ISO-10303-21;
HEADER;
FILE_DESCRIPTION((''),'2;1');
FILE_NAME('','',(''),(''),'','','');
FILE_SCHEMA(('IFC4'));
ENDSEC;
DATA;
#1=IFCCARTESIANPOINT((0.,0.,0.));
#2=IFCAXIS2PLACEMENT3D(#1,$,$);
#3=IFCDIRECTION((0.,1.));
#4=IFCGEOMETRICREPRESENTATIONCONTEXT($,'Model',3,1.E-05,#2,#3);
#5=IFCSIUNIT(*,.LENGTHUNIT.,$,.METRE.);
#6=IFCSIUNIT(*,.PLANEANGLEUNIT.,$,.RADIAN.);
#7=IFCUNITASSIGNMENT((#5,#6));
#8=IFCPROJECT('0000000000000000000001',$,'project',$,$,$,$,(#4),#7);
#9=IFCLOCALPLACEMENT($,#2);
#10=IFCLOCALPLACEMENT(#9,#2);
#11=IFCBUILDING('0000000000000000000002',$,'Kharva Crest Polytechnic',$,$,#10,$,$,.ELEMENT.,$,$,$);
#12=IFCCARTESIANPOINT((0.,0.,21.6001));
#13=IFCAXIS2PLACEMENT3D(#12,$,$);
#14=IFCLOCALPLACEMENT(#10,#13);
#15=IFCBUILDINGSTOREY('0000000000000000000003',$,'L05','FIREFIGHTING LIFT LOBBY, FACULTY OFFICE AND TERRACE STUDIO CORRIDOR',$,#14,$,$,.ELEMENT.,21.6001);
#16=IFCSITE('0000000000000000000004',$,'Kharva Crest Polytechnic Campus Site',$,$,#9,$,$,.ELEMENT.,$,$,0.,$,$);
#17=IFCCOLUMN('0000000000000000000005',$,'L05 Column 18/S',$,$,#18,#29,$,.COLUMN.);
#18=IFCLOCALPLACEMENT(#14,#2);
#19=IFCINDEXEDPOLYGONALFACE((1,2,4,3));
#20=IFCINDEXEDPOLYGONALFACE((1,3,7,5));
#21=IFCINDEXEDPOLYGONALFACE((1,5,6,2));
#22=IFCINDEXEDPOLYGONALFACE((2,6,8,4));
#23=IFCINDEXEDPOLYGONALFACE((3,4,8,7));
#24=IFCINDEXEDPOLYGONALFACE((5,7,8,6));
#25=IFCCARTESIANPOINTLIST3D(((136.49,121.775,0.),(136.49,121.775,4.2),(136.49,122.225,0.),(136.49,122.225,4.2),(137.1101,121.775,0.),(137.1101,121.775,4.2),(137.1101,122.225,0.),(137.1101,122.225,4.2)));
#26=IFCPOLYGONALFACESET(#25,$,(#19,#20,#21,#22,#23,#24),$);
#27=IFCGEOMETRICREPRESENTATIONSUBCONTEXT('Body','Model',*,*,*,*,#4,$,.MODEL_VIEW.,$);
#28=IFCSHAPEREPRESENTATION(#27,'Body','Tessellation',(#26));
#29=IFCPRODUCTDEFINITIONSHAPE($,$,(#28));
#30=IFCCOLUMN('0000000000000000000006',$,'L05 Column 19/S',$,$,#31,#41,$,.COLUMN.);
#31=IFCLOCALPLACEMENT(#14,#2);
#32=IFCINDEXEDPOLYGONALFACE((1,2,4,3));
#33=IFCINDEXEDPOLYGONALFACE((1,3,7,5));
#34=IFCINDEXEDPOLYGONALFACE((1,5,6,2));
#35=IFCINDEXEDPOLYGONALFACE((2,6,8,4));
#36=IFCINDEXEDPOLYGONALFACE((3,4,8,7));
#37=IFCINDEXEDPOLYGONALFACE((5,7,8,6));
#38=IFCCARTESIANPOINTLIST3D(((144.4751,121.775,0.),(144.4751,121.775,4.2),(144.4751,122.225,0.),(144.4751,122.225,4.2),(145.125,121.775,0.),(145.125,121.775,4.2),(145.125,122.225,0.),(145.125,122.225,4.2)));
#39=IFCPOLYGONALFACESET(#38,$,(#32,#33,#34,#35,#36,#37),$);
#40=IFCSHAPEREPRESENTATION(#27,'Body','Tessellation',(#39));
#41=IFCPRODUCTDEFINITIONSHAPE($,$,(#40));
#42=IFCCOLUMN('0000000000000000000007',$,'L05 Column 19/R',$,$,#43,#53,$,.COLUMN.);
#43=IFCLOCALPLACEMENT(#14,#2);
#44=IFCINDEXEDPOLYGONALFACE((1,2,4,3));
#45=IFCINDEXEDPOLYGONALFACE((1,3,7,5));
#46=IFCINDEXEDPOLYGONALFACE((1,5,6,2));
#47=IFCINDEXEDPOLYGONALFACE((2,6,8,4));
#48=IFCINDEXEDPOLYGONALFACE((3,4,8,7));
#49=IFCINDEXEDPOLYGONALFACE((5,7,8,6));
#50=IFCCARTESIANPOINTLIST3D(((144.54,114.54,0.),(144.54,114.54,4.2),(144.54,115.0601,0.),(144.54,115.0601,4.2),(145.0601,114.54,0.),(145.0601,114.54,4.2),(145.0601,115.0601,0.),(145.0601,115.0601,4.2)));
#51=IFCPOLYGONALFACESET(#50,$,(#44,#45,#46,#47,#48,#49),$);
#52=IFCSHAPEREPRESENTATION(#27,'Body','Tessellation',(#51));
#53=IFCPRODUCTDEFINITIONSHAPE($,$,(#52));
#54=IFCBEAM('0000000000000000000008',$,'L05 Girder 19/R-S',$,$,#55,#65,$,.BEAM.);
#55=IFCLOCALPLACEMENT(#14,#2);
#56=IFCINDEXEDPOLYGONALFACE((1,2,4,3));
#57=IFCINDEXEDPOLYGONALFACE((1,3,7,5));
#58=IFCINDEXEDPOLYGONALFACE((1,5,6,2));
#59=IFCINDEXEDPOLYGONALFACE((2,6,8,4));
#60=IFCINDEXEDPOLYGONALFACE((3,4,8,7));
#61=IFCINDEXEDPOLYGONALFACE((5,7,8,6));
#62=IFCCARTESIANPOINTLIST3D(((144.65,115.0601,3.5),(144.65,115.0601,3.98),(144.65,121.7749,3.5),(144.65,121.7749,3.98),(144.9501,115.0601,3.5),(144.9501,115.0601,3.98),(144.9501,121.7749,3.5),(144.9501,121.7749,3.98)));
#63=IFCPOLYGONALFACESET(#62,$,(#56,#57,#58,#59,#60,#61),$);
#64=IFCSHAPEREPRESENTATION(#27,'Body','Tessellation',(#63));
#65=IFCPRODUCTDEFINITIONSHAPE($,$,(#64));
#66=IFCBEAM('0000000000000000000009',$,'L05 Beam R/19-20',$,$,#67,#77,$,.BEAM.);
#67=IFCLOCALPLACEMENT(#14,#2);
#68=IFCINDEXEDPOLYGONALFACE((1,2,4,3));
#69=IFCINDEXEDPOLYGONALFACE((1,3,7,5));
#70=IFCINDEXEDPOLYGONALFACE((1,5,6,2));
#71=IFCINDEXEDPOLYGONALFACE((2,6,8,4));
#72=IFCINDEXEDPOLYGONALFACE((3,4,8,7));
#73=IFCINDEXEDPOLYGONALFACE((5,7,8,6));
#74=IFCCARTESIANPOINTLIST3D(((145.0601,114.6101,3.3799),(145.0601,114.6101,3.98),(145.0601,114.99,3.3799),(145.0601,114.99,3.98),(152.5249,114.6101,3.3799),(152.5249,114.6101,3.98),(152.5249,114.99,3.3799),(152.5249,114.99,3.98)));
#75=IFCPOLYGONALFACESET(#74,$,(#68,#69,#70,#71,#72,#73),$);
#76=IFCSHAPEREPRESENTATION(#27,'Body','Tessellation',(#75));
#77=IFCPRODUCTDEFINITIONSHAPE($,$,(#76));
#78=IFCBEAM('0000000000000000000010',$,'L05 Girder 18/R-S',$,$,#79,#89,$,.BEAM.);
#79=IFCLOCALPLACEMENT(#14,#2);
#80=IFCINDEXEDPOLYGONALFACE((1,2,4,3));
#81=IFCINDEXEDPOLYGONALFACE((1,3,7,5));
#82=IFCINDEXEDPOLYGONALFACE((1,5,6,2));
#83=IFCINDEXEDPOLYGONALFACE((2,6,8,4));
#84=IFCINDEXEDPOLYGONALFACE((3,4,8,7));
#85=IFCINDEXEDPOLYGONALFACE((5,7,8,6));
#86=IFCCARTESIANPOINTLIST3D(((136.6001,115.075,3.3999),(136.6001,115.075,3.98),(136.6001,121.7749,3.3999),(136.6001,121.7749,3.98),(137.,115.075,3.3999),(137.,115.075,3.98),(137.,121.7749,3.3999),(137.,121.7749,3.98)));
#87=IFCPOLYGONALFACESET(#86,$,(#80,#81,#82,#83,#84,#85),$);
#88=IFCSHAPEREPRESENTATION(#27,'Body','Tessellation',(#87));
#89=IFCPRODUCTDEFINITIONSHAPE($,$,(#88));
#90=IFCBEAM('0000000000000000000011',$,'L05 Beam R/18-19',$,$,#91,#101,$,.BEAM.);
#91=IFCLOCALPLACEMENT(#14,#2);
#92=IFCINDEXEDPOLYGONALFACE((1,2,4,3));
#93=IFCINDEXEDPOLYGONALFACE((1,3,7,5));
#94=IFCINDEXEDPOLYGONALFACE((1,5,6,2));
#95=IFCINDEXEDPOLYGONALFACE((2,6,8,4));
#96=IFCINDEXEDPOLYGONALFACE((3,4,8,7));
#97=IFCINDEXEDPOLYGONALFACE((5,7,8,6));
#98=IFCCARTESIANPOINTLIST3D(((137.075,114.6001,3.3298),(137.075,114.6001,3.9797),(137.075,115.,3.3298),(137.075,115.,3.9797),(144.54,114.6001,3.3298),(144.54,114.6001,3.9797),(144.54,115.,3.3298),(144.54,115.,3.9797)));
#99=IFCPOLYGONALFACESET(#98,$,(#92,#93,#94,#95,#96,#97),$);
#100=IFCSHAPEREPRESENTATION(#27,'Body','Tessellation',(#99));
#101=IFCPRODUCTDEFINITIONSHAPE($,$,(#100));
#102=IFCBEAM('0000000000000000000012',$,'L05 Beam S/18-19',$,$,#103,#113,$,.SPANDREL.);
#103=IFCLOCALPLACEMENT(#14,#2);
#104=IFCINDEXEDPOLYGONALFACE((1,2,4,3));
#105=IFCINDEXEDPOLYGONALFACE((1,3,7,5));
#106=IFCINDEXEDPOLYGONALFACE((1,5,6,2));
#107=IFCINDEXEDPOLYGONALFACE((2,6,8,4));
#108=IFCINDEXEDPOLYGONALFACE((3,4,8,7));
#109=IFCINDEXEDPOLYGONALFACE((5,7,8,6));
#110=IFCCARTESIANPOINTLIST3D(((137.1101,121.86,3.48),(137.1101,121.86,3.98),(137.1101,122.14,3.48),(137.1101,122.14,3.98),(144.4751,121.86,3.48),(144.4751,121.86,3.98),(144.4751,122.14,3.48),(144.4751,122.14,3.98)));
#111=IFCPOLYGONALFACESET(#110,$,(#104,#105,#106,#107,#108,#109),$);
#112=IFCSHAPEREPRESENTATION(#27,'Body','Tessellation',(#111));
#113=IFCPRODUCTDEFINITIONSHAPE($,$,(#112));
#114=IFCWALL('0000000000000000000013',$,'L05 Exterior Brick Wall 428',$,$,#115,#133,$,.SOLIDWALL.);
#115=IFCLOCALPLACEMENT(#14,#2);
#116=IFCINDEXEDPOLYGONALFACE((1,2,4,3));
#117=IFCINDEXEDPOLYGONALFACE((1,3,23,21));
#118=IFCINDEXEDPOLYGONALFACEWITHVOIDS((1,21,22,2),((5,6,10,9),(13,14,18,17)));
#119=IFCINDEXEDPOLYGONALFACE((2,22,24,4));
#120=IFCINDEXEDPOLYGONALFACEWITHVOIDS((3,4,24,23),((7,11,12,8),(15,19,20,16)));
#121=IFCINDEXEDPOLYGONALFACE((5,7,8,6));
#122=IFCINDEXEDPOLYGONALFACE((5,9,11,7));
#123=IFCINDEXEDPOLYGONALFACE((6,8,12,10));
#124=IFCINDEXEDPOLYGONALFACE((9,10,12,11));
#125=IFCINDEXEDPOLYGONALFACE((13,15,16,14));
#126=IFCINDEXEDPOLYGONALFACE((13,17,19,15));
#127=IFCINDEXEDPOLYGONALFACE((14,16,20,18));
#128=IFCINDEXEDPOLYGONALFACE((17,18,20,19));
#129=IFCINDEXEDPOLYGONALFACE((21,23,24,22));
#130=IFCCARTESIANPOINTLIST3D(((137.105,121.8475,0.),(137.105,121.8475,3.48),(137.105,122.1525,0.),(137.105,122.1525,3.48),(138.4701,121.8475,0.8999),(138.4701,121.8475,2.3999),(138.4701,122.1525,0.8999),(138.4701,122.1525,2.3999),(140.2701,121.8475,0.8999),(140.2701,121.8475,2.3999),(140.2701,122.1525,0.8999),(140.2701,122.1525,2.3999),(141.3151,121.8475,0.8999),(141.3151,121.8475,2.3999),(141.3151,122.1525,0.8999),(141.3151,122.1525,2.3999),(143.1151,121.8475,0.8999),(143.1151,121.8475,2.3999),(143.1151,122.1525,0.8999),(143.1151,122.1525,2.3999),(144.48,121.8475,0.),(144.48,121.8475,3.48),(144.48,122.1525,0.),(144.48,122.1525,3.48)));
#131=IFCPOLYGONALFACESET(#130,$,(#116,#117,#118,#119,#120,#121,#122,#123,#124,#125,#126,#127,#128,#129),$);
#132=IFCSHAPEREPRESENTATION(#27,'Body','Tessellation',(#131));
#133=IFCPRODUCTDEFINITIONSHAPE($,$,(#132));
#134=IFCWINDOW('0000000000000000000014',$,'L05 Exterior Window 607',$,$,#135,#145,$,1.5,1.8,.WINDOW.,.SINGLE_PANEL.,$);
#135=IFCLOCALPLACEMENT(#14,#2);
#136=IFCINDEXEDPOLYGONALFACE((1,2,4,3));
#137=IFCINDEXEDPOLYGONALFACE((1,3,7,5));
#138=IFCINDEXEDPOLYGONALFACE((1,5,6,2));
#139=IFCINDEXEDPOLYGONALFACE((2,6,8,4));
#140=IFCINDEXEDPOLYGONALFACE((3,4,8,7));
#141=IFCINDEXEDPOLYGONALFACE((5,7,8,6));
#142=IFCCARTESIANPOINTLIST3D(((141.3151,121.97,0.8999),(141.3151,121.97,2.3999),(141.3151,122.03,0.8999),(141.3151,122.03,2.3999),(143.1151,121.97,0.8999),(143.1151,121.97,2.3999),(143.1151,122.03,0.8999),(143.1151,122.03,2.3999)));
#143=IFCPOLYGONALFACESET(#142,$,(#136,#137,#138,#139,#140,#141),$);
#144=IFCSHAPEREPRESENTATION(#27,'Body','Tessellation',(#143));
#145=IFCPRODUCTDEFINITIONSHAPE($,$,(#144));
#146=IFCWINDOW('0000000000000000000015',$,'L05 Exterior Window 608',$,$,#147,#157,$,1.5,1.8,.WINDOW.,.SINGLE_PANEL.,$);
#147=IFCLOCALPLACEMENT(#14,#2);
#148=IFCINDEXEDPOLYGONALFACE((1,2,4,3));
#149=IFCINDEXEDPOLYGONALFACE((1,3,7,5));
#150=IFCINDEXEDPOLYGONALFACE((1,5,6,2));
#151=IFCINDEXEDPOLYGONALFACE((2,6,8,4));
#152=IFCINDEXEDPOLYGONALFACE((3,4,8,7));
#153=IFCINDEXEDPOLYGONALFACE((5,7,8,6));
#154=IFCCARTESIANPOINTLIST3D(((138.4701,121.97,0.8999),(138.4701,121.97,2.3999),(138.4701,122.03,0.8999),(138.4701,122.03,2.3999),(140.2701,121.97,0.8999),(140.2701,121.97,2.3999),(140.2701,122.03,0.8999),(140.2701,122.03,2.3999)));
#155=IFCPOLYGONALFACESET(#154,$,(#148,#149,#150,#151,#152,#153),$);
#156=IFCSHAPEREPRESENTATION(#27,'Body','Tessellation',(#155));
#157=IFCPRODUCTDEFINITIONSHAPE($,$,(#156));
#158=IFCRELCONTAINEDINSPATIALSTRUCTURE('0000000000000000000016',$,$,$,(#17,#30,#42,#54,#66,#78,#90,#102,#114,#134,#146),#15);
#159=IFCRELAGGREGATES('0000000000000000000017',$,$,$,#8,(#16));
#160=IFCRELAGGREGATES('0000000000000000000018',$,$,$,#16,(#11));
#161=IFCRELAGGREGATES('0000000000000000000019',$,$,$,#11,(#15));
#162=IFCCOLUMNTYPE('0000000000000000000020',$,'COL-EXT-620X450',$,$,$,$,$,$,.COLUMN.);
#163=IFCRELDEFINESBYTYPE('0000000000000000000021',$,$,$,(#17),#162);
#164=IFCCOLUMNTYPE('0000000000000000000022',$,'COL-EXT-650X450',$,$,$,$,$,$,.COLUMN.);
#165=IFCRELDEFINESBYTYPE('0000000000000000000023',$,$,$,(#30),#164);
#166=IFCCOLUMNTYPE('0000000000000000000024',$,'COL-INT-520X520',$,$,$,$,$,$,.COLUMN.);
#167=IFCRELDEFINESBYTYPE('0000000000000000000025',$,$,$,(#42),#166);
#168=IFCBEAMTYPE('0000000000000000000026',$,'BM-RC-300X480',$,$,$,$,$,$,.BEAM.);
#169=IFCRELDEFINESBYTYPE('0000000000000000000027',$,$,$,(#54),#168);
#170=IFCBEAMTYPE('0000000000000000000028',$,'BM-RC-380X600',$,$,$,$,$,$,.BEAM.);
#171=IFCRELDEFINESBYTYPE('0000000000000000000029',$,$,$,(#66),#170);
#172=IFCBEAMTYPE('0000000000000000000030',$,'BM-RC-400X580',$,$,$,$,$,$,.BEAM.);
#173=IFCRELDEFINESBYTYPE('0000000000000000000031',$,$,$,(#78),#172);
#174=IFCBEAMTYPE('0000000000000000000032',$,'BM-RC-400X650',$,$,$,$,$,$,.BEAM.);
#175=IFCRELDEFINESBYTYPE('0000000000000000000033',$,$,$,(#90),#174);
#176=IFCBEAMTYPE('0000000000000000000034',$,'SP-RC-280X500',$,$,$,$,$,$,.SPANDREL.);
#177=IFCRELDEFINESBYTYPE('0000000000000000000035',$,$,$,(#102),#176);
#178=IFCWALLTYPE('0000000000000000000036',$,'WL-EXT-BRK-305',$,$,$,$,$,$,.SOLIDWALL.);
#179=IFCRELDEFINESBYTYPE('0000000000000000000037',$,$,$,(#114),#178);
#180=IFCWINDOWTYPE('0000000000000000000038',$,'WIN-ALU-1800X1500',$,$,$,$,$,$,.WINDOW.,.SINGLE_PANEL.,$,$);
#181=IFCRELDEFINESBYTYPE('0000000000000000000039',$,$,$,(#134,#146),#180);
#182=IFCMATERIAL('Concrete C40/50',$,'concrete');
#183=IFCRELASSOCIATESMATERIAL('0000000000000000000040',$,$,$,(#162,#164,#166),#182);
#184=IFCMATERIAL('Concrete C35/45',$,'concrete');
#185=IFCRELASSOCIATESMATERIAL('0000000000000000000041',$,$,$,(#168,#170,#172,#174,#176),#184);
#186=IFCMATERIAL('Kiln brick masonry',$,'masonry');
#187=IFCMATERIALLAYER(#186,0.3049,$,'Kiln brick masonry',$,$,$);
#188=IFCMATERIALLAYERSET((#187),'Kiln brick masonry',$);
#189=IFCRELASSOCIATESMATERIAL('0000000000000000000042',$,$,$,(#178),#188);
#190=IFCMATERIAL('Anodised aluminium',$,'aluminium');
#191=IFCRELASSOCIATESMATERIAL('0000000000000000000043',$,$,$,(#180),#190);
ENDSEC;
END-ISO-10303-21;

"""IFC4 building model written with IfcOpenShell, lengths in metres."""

from ifc_helpers import new_model, si_unit, direction, frame, frame_2d, origin, origin_2d, place, context, subcontext, project, spatial, rectangle, extrude, material, layer, layer_set, material_profile, profile_set, type_object, element, fill, save


model = new_model("IFC4")

# Units and contexts
model_context = context("Model", 3, precision=1e-05, world=origin(), true_north=direction((0.0, 1.0)))
body_context = subcontext(model_context, "Body", "Model", "MODEL_VIEW")
ifc_project = project(units=[si_unit("LENGTHUNIT", "METRE"), si_unit("PLANEANGLEUNIT", "RADIAN")], contexts=[model_context])

# Site, building, storey
site_placement = place(None, origin())
site = spatial("IfcSite", under=ifc_project, at=site_placement, Name="Kharva Crest Polytechnic Campus Site", CompositionType="ELEMENT", RefElevation=0.0)
building_placement = place(site_placement, origin())
building = spatial("IfcBuilding", under=site, at=building_placement, Name="Kharva Crest Polytechnic", CompositionType="ELEMENT")
storey_placement = place(building_placement, frame((0.0, 0.0, 21.6001)))
storey = spatial("IfcBuildingStorey", under=building, at=storey_placement, Name="L05", Description="FIREFIGHTING LIFT LOBBY, FACULTY OFFICE AND TERRACE STUDIO CORRIDOR", CompositionType="ELEMENT", Elevation=21.6001)

# Columns
ifc_material_1 = material(Name="Concrete C40/50", Category="concrete")
ifc_material_profile_1 = material_profile(ifc_material_1, rectangle(XDim=0.6201, YDim=0.45, at=origin_2d()), Name="RECT 620 X 450")
ifc_profile_set_1 = profile_set([ifc_material_profile_1], Name="Concrete C40/50")
column_type_1 = type_object("IfcColumnType", Name="COL-EXT-620X450", PredefinedType="COLUMN", material=ifc_profile_set_1)
column_1_placement = place(storey_placement, frame((136.8, 122.0, 0.0), z_axis=(0.0, 0.0, 1.0), x_axis=(1.0, 0.0, 0.0)))
element("IfcColumn", 1, at=column_1_placement, inside=storey, type_object=column_type_1, Name="L05 Column 18/S", PredefinedType="COLUMN", context=body_context, shape_type="SweptSolid", body=[
    extrude(rectangle(XDim=0.6201, YDim=0.45, at=origin_2d()), origin(), (0.0, 0.0, 1.0), 4.2),
])
ifc_material_profile_2 = material_profile(ifc_material_1, rectangle(XDim=0.6499, YDim=0.45, at=origin_2d()), Name="RECT 650 X 450")
ifc_profile_set_2 = profile_set([ifc_material_profile_2], Name="Concrete C40/50")
column_type_2 = type_object("IfcColumnType", Name="COL-EXT-650X450", PredefinedType="COLUMN", material=ifc_profile_set_2)
column_2_placement = place(storey_placement, frame((144.8, 122.0, 0.0), z_axis=(0.0, 0.0, 1.0), x_axis=(1.0, 0.0, 0.0)))
element("IfcColumn", 2, at=column_2_placement, inside=storey, type_object=column_type_2, Name="L05 Column 19/S", PredefinedType="COLUMN", context=body_context, shape_type="SweptSolid", body=[
    extrude(rectangle(XDim=0.6499, YDim=0.45, at=origin_2d()), origin(), (0.0, 0.0, 1.0), 4.2),
])
ifc_material_profile_3 = material_profile(ifc_material_1, rectangle(XDim=0.52, YDim=0.52, at=origin_2d()), Name="RECT 520 X 520")
ifc_profile_set_3 = profile_set([ifc_material_profile_3], Name="Concrete C40/50")
column_type_3 = type_object("IfcColumnType", Name="COL-INT-520X520", PredefinedType="COLUMN", material=ifc_profile_set_3)
column_3_placement = place(storey_placement, frame((144.8, 114.8, 0.0), z_axis=(0.0, 0.0, 1.0), x_axis=(1.0, 0.0, 0.0)))
element("IfcColumn", 3, at=column_3_placement, inside=storey, type_object=column_type_3, Name="L05 Column 19/R", PredefinedType="COLUMN", context=body_context, shape_type="SweptSolid", body=[
    extrude(rectangle(XDim=0.52, YDim=0.52, at=origin_2d()), origin(), (0.0, 0.0, 1.0), 4.2),
])

# Beams
ifc_material_2 = material(Name="Concrete C35/45", Category="concrete")
ifc_material_profile_4 = material_profile(ifc_material_2, rectangle(XDim=0.3, YDim=0.48, at=origin_2d()), Name="RECT 300 X 480")
ifc_profile_set_4 = profile_set([ifc_material_profile_4], Name="Concrete C35/45")
beam_type_1 = type_object("IfcBeamType", Name="BM-RC-300X480", PredefinedType="BEAM", material=ifc_profile_set_4)
beam_1_placement = place(storey_placement, frame((144.8, 115.0601, 3.74), z_axis=(0.0, 1.0, 0.0), x_axis=(-1.0, 0.0, 0.0)))
element("IfcBeam", 4, at=beam_1_placement, inside=storey, type_object=beam_type_1, Name="L05 Girder 19/R-S", PredefinedType="BEAM", context=body_context, shape_type="SweptSolid", body=[
    extrude(rectangle(XDim=0.3, YDim=0.48, at=origin_2d()), origin(), (0.0, 0.0, 1.0), 6.7148),
])
ifc_material_profile_5 = material_profile(ifc_material_2, rectangle(XDim=0.3799, YDim=0.6001, at=origin_2d()), Name="RECT 380 X 600")
ifc_profile_set_5 = profile_set([ifc_material_profile_5], Name="Concrete C35/45")
beam_type_2 = type_object("IfcBeamType", Name="BM-RC-380X600", PredefinedType="BEAM", material=ifc_profile_set_5)
beam_2_placement = place(storey_placement, frame((145.0601, 114.8, 3.6799), z_axis=(1.0, 0.0, 0.0), x_axis=(0.0, 1.0, 0.0)))
element("IfcBeam", 5, at=beam_2_placement, inside=storey, type_object=beam_type_2, Name="L05 Beam R/19-20", PredefinedType="BEAM", context=body_context, shape_type="SweptSolid", body=[
    extrude(rectangle(XDim=0.3799, YDim=0.6001, at=origin_2d()), origin(), (0.0, 0.0, 1.0), 7.4648),
])
ifc_material_profile_6 = material_profile(ifc_material_2, rectangle(XDim=0.3999, YDim=0.5801, at=origin_2d()), Name="RECT 400 X 580")
ifc_profile_set_6 = profile_set([ifc_material_profile_6], Name="Concrete C35/45")
beam_type_3 = type_object("IfcBeamType", Name="BM-RC-400X580", PredefinedType="BEAM", material=ifc_profile_set_6)
beam_3_placement = place(storey_placement, frame((136.8, 115.075, 3.6899), z_axis=(0.0, 1.0, 0.0), x_axis=(-1.0, 0.0, 0.0)))
element("IfcBeam", 6, at=beam_3_placement, inside=storey, type_object=beam_type_3, Name="L05 Girder 18/R-S", PredefinedType="BEAM", context=body_context, shape_type="SweptSolid", body=[
    extrude(rectangle(XDim=0.3999, YDim=0.5801, at=origin_2d()), origin(), (0.0, 0.0, 1.0), 6.7),
])
ifc_material_profile_7 = material_profile(ifc_material_2, rectangle(XDim=0.3999, YDim=0.6499, at=origin_2d()), Name="RECT 400 X 650")
ifc_profile_set_7 = profile_set([ifc_material_profile_7], Name="Concrete C35/45")
beam_type_4 = type_object("IfcBeamType", Name="BM-RC-400X650", PredefinedType="BEAM", material=ifc_profile_set_7)
beam_4_placement = place(storey_placement, frame((137.075, 114.8, 3.6548), z_axis=(1.0, 0.0, 0.0), x_axis=(0.0, 1.0, 0.0)))
element("IfcBeam", 7, at=beam_4_placement, inside=storey, type_object=beam_type_4, Name="L05 Beam R/18-19", PredefinedType="BEAM", context=body_context, shape_type="SweptSolid", body=[
    extrude(rectangle(XDim=0.3999, YDim=0.6499, at=origin_2d()), origin(), (0.0, 0.0, 1.0), 7.4651),
])
ifc_material_profile_8 = material_profile(ifc_material_2, rectangle(XDim=0.28, YDim=0.5, at=origin_2d()), Name="RECT 280 X 500")
ifc_profile_set_8 = profile_set([ifc_material_profile_8], Name="Concrete C35/45")
beam_type_5 = type_object("IfcBeamType", Name="SP-RC-280X500", PredefinedType="SPANDREL", material=ifc_profile_set_8)
beam_5_placement = place(storey_placement, frame((137.1101, 122.0, 3.73), z_axis=(1.0, 0.0, 0.0), x_axis=(0.0, 1.0, 0.0)))
element("IfcBeam", 8, at=beam_5_placement, inside=storey, type_object=beam_type_5, Name="L05 Beam S/18-19", PredefinedType="SPANDREL", context=body_context, shape_type="SweptSolid", body=[
    extrude(rectangle(XDim=0.28, YDim=0.5, at=origin_2d()), origin(), (0.0, 0.0, 1.0), 7.365),
])

# Wall, openings, windows
ifc_material_3 = material(Name="Kiln brick masonry", Category="masonry")
ifc_layer_1 = layer(ifc_material_3, 0.3049, Name="Kiln brick masonry")
ifc_layer_set_1 = layer_set([ifc_layer_1], Name="Kiln brick masonry")
wall_type_1 = type_object("IfcWallType", Name="WL-EXT-BRK-305", PredefinedType="SOLIDWALL", material=ifc_layer_set_1)
wall_1_placement = place(storey_placement, frame((144.48, 122.0, 0.0), z_axis=(0.0, 0.0, 1.0), x_axis=(-1.0, 0.0, 0.0)))
wall_1 = element("IfcWall", 9, at=wall_1_placement, inside=storey, type_object=wall_type_1, Name="L05 Exterior Brick Wall 428", PredefinedType="SOLIDWALL", context=body_context, shape_type="SweptSolid", body=[
    extrude(rectangle(XDim=7.375, YDim=0.3049, at=frame_2d((3.6875, 0.0))), origin(), (0.0, 0.0, 1.0), 3.48),
])
opening_1_placement = place(wall_1_placement, frame((1.365, 0.0, 0.8999)))
opening_1 = element("IfcOpeningElement", 10, at=opening_1_placement, cuts=wall_1, PredefinedType="OPENING", context=body_context, shape_type="SweptSolid", body=[
    extrude(rectangle(XDim=1.8, YDim=1.5, at=frame_2d((0.8999, 0.75))), frame((0.0, 0.1624, 0.0), z_axis=(0.0, -1.0, 0.0), x_axis=(1.0, 0.0, 0.0)), (0.0, 0.0, 1.0), 0.325),
])
opening_2_placement = place(wall_1_placement, frame((4.21, 0.0, 0.8999)))
opening_2 = element("IfcOpeningElement", 11, at=opening_2_placement, cuts=wall_1, PredefinedType="OPENING", context=body_context, shape_type="SweptSolid", body=[
    extrude(rectangle(XDim=1.8, YDim=1.5, at=frame_2d((0.8999, 0.75))), frame((0.0, 0.1624, 0.0), z_axis=(0.0, -1.0, 0.0), x_axis=(1.0, 0.0, 0.0)), (0.0, 0.0, 1.0), 0.325),
])
ifc_material_4 = material(Name="Anodised aluminium", Category="aluminium")
window_type = type_object("IfcWindowType", Name="WIN-ALU-1800X1500", PartitioningType="SINGLE_PANEL", PredefinedType="WINDOW", material=ifc_material_4)
window_1_placement = place(opening_1_placement, origin())
window_1 = element("IfcWindow", 12, at=window_1_placement, inside=storey, type_object=window_type, Name="L05 Exterior Window 607", OverallHeight=1.5, OverallWidth=1.8, PartitioningType="SINGLE_PANEL", PredefinedType="WINDOW", context=body_context, shape_type="SweptSolid", body=[
    extrude(rectangle(XDim=1.8, YDim=1.5, at=frame_2d((0.8999, 0.75))), frame((0.0, 0.03, 0.0), z_axis=(0.0, -1.0, 0.0), x_axis=(1.0, 0.0, 0.0)), (0.0, 0.0, 1.0), 0.0601),
])
fill(opening_1, window_1)
window_2_placement = place(opening_2_placement, origin())
window_2 = element("IfcWindow", 13, at=window_2_placement, inside=storey, type_object=window_type, Name="L05 Exterior Window 608", OverallHeight=1.5, OverallWidth=1.8, PartitioningType="SINGLE_PANEL", PredefinedType="WINDOW", context=body_context, shape_type="SweptSolid", body=[
    extrude(rectangle(XDim=1.8, YDim=1.5, at=frame_2d((0.8999, 0.75))), frame((0.0, 0.03, 0.0), z_axis=(0.0, -1.0, 0.0), x_axis=(1.0, 0.0, 0.0)), (0.0, 0.0, 1.0), 0.0601),
])
fill(opening_2, window_2)

save(model, "model.ifc")
